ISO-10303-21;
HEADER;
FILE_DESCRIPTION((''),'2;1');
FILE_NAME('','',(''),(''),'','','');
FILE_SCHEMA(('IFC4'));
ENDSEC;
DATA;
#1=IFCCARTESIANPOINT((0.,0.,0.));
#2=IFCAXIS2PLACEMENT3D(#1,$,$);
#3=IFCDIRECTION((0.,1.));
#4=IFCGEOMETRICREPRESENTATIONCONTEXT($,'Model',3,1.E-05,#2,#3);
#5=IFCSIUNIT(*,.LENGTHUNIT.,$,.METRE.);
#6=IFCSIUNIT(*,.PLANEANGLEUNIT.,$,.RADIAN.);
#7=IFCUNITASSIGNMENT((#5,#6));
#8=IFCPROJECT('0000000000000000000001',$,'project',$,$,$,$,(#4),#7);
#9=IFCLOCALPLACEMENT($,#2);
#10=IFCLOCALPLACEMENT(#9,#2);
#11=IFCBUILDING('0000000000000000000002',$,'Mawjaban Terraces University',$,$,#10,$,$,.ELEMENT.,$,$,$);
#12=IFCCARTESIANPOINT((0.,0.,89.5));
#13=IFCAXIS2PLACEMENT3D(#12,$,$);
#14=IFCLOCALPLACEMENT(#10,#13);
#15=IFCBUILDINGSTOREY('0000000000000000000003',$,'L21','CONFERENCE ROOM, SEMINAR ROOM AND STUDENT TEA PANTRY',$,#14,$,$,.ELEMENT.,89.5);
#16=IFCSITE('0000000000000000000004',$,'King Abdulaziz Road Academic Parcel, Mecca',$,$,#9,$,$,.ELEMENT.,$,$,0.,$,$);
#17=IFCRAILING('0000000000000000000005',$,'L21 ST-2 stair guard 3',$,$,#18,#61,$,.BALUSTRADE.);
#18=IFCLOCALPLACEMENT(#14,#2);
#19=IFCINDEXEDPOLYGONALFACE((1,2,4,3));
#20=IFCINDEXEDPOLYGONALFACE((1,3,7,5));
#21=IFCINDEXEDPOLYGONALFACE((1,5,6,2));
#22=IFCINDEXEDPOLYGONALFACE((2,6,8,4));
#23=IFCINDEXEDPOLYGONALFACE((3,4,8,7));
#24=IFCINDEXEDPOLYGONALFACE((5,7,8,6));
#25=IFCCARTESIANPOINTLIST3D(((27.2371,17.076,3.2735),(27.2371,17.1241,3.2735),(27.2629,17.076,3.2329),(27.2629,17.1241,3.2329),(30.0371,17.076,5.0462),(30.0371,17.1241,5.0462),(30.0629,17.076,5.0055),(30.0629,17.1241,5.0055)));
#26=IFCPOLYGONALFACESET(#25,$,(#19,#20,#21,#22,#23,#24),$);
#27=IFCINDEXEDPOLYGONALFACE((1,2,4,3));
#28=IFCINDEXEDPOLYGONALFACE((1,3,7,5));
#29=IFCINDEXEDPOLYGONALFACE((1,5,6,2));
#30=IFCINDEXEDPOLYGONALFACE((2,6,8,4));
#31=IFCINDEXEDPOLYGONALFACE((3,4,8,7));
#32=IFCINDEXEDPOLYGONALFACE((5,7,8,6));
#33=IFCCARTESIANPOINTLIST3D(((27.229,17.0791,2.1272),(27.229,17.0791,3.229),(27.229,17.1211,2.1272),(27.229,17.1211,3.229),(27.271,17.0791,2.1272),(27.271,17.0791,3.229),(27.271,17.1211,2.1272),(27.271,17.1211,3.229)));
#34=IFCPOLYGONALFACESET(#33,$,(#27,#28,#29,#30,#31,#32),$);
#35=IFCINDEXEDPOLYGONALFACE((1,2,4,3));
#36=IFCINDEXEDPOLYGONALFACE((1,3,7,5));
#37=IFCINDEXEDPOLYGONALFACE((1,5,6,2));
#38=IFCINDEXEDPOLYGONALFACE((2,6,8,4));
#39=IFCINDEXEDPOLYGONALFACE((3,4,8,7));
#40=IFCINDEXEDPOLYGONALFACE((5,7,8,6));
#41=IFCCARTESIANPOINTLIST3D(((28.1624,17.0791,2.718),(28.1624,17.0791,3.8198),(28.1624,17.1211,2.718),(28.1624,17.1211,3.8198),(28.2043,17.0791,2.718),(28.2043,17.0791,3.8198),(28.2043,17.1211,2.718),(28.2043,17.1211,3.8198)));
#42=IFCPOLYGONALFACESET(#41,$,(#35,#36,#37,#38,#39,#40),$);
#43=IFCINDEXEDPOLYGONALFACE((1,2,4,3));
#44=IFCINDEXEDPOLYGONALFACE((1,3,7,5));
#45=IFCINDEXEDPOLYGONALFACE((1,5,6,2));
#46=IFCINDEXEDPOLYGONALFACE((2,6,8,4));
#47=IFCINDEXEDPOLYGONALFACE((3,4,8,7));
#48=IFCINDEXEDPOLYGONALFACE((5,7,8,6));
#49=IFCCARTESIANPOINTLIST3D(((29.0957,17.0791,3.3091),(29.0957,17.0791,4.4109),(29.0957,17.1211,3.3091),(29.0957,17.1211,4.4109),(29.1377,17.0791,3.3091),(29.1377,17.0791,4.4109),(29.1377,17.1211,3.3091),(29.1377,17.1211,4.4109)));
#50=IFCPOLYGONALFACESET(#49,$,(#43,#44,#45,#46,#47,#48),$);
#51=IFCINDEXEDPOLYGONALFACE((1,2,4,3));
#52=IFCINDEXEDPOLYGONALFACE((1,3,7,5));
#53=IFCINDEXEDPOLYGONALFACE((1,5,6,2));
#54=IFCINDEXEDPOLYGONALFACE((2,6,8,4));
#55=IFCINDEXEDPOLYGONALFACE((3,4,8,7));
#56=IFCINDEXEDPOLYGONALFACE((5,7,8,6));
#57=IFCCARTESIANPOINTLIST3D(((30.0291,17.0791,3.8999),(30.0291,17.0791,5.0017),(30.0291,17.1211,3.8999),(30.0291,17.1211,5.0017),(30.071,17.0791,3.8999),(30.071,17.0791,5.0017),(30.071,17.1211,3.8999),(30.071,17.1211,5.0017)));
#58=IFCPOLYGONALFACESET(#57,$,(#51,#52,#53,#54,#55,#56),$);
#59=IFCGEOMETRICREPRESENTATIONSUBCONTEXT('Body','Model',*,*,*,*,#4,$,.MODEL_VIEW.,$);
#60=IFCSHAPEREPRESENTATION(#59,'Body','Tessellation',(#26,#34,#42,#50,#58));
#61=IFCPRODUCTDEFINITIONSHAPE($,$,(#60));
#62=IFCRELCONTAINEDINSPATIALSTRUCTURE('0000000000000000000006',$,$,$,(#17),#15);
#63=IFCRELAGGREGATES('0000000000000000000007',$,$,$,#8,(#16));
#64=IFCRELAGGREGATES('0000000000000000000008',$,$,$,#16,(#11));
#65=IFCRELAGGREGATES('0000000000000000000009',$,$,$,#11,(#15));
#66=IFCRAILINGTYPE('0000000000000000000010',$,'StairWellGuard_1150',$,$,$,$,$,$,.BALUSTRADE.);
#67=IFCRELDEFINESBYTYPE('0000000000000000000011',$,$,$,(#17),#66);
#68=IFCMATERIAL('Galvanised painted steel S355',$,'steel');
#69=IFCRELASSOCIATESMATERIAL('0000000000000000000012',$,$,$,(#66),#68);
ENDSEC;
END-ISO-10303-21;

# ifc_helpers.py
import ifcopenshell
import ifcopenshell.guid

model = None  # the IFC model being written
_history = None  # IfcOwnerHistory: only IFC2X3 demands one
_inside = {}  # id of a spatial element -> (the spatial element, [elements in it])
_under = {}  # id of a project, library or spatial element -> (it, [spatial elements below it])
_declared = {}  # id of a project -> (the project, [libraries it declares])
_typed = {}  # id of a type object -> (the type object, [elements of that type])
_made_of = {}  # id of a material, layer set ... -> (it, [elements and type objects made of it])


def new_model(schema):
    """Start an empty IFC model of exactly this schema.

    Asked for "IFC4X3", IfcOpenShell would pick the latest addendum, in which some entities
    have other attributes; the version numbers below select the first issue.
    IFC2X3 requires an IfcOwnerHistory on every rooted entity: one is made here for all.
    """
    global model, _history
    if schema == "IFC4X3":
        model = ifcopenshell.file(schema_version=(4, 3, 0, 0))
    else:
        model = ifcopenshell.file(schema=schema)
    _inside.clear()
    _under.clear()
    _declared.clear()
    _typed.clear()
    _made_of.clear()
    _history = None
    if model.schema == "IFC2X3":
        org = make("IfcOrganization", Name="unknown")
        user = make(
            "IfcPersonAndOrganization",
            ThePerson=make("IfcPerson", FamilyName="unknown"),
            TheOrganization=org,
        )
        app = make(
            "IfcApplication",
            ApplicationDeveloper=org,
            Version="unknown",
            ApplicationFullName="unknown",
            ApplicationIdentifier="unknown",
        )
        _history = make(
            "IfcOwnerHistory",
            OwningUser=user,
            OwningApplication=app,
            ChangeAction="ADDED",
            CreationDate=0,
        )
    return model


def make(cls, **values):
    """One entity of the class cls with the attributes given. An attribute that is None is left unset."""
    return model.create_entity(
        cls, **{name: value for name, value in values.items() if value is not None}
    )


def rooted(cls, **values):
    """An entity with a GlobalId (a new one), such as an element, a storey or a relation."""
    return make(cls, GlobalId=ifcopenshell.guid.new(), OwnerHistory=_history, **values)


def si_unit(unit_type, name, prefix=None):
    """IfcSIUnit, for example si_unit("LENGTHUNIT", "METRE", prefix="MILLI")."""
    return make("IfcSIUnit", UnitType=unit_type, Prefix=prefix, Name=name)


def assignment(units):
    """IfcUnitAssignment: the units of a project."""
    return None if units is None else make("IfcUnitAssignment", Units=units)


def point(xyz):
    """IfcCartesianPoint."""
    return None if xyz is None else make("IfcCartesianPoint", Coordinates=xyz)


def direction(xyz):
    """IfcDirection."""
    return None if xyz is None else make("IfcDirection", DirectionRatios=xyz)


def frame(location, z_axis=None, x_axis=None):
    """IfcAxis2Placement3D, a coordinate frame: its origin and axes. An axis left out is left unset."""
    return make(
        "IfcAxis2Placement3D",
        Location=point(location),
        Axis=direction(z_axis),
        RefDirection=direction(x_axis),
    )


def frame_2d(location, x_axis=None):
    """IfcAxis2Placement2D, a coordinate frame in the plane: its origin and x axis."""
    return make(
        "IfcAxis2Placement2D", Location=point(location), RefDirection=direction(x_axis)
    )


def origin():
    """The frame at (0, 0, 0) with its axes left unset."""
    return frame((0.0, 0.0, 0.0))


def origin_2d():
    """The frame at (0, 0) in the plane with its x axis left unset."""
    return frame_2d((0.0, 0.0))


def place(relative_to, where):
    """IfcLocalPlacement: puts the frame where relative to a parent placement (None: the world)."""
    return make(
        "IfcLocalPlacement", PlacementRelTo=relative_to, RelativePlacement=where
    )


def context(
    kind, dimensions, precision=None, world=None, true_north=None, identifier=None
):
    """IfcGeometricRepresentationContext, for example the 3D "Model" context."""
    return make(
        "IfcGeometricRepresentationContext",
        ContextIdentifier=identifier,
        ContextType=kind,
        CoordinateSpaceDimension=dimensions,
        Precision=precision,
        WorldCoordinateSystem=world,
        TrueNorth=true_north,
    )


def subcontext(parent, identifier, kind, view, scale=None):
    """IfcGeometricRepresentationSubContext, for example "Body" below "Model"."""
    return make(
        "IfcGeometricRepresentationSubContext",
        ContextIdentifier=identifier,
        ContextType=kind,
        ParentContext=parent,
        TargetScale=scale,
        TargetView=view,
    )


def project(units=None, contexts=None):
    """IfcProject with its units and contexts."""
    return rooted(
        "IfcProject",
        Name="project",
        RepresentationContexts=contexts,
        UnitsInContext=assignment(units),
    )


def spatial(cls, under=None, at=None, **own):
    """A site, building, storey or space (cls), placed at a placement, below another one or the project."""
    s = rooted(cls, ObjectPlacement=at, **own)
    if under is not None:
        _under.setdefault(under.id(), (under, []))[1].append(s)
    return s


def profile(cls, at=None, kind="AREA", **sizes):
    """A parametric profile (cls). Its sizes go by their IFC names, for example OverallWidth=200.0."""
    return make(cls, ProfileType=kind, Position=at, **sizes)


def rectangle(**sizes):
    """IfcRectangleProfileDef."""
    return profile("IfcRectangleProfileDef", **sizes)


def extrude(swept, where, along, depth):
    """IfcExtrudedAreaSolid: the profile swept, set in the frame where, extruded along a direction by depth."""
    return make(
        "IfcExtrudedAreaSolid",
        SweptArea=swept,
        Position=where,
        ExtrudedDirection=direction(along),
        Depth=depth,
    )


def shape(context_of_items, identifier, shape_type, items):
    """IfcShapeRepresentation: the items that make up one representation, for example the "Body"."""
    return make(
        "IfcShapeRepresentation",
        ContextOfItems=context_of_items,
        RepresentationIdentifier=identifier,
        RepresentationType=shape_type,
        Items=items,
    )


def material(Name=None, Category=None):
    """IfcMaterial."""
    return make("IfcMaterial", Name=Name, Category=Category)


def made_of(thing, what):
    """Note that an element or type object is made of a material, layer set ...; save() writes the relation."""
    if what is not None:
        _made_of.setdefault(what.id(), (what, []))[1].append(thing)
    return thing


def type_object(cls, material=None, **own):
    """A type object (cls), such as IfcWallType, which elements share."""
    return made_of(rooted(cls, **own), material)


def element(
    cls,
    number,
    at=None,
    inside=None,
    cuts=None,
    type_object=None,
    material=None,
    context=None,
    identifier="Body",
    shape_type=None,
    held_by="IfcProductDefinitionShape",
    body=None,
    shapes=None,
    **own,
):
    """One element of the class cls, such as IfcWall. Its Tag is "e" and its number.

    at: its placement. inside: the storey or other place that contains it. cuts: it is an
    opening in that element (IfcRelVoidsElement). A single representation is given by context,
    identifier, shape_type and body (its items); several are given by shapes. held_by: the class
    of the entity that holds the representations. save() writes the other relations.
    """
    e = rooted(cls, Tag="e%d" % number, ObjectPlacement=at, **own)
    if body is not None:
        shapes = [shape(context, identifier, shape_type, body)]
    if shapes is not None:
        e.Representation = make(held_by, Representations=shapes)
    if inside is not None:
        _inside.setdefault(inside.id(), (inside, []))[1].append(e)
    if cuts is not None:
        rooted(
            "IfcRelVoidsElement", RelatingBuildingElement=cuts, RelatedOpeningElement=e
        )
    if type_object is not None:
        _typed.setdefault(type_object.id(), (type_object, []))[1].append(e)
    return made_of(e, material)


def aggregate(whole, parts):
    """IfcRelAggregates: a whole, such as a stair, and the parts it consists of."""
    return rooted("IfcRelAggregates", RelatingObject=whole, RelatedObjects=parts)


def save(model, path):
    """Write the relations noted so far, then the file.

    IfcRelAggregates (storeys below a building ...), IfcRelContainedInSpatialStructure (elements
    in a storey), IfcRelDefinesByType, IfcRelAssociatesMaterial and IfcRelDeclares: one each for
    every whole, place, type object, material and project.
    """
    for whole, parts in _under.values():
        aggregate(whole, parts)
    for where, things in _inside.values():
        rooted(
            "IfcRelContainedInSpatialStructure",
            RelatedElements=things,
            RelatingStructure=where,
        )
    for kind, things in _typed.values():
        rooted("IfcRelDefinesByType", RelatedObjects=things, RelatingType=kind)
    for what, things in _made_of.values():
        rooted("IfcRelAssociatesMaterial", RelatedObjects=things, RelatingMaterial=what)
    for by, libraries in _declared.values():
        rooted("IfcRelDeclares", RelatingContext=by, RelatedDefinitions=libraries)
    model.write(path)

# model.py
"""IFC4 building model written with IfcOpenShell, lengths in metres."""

from ifc_helpers import new_model, si_unit, direction, frame, origin, origin_2d, place, context, subcontext, project, spatial, rectangle, extrude, material, type_object, element, save


model = new_model("IFC4")

# Units and contexts
model_context = context("Model", 3, precision=1e-05, world=origin(), true_north=direction((0.0, 1.0)))
body_context = subcontext(model_context, "Body", "Model", "MODEL_VIEW")
ifc_project = project(units=[si_unit("LENGTHUNIT", "METRE"), si_unit("PLANEANGLEUNIT", "RADIAN")], contexts=[model_context])

# Site, building, storey
site_placement = place(None, origin())
site = spatial("IfcSite", under=ifc_project, at=site_placement, Name="King Abdulaziz Road Academic Parcel, Mecca", CompositionType="ELEMENT", RefElevation=0.0)
building_placement = place(site_placement, origin())
building = spatial("IfcBuilding", under=site, at=building_placement, Name="Mawjaban Terraces University", CompositionType="ELEMENT")
storey_placement = place(building_placement, frame((0.0, 0.0, 89.5)))
storey = spatial("IfcBuildingStorey", under=building, at=storey_placement, Name="L21", Description="CONFERENCE ROOM, SEMINAR ROOM AND STUDENT TEA PANTRY", CompositionType="ELEMENT", Elevation=89.5)

# Railing
ifc_material_1 = material(Name="Galvanised painted steel S355", Category="steel")
railing_type_1 = type_object("IfcRailingType", Name="StairWellGuard_1150", PredefinedType="BALUSTRADE", material=ifc_material_1)
railing_1_placement = place(storey_placement, frame((27.25, 17.1001, 2.1272)))
element("IfcRailing", 1, at=railing_1_placement, inside=storey, type_object=railing_type_1, Name="L21 ST-2 stair guard 3", PredefinedType="BALUSTRADE", context=body_context, shape_type="SweptSolid", body=[
    extrude(rectangle(XDim=0.0481, YDim=0.0481, at=origin_2d()), frame((0.0, 0.0, 1.126), z_axis=(0.844909, 0.0, 0.53491), x_axis=(0.0, 1.0, 0.0)), (0.0, 0.0, 1.0), 3.314),
    extrude(rectangle(XDim=0.042, YDim=0.042, at=origin_2d()), origin(), (0.0, 0.0, 1.0), 1.1018),
    extrude(rectangle(XDim=0.042, YDim=0.042, at=origin_2d()), frame((0.9333, 0.0, 0.5908)), (0.0, 0.0, 1.0), 1.1018),
    extrude(rectangle(XDim=0.042, YDim=0.042, at=origin_2d()), frame((1.8667, 0.0, 1.1819)), (0.0, 0.0, 1.0), 1.1018),
    extrude(rectangle(XDim=0.042, YDim=0.042, at=origin_2d()), frame((2.8, 0.0, 1.7727)), (0.0, 0.0, 1.0), 1.1018),
])

save(model, "model.ifc")
